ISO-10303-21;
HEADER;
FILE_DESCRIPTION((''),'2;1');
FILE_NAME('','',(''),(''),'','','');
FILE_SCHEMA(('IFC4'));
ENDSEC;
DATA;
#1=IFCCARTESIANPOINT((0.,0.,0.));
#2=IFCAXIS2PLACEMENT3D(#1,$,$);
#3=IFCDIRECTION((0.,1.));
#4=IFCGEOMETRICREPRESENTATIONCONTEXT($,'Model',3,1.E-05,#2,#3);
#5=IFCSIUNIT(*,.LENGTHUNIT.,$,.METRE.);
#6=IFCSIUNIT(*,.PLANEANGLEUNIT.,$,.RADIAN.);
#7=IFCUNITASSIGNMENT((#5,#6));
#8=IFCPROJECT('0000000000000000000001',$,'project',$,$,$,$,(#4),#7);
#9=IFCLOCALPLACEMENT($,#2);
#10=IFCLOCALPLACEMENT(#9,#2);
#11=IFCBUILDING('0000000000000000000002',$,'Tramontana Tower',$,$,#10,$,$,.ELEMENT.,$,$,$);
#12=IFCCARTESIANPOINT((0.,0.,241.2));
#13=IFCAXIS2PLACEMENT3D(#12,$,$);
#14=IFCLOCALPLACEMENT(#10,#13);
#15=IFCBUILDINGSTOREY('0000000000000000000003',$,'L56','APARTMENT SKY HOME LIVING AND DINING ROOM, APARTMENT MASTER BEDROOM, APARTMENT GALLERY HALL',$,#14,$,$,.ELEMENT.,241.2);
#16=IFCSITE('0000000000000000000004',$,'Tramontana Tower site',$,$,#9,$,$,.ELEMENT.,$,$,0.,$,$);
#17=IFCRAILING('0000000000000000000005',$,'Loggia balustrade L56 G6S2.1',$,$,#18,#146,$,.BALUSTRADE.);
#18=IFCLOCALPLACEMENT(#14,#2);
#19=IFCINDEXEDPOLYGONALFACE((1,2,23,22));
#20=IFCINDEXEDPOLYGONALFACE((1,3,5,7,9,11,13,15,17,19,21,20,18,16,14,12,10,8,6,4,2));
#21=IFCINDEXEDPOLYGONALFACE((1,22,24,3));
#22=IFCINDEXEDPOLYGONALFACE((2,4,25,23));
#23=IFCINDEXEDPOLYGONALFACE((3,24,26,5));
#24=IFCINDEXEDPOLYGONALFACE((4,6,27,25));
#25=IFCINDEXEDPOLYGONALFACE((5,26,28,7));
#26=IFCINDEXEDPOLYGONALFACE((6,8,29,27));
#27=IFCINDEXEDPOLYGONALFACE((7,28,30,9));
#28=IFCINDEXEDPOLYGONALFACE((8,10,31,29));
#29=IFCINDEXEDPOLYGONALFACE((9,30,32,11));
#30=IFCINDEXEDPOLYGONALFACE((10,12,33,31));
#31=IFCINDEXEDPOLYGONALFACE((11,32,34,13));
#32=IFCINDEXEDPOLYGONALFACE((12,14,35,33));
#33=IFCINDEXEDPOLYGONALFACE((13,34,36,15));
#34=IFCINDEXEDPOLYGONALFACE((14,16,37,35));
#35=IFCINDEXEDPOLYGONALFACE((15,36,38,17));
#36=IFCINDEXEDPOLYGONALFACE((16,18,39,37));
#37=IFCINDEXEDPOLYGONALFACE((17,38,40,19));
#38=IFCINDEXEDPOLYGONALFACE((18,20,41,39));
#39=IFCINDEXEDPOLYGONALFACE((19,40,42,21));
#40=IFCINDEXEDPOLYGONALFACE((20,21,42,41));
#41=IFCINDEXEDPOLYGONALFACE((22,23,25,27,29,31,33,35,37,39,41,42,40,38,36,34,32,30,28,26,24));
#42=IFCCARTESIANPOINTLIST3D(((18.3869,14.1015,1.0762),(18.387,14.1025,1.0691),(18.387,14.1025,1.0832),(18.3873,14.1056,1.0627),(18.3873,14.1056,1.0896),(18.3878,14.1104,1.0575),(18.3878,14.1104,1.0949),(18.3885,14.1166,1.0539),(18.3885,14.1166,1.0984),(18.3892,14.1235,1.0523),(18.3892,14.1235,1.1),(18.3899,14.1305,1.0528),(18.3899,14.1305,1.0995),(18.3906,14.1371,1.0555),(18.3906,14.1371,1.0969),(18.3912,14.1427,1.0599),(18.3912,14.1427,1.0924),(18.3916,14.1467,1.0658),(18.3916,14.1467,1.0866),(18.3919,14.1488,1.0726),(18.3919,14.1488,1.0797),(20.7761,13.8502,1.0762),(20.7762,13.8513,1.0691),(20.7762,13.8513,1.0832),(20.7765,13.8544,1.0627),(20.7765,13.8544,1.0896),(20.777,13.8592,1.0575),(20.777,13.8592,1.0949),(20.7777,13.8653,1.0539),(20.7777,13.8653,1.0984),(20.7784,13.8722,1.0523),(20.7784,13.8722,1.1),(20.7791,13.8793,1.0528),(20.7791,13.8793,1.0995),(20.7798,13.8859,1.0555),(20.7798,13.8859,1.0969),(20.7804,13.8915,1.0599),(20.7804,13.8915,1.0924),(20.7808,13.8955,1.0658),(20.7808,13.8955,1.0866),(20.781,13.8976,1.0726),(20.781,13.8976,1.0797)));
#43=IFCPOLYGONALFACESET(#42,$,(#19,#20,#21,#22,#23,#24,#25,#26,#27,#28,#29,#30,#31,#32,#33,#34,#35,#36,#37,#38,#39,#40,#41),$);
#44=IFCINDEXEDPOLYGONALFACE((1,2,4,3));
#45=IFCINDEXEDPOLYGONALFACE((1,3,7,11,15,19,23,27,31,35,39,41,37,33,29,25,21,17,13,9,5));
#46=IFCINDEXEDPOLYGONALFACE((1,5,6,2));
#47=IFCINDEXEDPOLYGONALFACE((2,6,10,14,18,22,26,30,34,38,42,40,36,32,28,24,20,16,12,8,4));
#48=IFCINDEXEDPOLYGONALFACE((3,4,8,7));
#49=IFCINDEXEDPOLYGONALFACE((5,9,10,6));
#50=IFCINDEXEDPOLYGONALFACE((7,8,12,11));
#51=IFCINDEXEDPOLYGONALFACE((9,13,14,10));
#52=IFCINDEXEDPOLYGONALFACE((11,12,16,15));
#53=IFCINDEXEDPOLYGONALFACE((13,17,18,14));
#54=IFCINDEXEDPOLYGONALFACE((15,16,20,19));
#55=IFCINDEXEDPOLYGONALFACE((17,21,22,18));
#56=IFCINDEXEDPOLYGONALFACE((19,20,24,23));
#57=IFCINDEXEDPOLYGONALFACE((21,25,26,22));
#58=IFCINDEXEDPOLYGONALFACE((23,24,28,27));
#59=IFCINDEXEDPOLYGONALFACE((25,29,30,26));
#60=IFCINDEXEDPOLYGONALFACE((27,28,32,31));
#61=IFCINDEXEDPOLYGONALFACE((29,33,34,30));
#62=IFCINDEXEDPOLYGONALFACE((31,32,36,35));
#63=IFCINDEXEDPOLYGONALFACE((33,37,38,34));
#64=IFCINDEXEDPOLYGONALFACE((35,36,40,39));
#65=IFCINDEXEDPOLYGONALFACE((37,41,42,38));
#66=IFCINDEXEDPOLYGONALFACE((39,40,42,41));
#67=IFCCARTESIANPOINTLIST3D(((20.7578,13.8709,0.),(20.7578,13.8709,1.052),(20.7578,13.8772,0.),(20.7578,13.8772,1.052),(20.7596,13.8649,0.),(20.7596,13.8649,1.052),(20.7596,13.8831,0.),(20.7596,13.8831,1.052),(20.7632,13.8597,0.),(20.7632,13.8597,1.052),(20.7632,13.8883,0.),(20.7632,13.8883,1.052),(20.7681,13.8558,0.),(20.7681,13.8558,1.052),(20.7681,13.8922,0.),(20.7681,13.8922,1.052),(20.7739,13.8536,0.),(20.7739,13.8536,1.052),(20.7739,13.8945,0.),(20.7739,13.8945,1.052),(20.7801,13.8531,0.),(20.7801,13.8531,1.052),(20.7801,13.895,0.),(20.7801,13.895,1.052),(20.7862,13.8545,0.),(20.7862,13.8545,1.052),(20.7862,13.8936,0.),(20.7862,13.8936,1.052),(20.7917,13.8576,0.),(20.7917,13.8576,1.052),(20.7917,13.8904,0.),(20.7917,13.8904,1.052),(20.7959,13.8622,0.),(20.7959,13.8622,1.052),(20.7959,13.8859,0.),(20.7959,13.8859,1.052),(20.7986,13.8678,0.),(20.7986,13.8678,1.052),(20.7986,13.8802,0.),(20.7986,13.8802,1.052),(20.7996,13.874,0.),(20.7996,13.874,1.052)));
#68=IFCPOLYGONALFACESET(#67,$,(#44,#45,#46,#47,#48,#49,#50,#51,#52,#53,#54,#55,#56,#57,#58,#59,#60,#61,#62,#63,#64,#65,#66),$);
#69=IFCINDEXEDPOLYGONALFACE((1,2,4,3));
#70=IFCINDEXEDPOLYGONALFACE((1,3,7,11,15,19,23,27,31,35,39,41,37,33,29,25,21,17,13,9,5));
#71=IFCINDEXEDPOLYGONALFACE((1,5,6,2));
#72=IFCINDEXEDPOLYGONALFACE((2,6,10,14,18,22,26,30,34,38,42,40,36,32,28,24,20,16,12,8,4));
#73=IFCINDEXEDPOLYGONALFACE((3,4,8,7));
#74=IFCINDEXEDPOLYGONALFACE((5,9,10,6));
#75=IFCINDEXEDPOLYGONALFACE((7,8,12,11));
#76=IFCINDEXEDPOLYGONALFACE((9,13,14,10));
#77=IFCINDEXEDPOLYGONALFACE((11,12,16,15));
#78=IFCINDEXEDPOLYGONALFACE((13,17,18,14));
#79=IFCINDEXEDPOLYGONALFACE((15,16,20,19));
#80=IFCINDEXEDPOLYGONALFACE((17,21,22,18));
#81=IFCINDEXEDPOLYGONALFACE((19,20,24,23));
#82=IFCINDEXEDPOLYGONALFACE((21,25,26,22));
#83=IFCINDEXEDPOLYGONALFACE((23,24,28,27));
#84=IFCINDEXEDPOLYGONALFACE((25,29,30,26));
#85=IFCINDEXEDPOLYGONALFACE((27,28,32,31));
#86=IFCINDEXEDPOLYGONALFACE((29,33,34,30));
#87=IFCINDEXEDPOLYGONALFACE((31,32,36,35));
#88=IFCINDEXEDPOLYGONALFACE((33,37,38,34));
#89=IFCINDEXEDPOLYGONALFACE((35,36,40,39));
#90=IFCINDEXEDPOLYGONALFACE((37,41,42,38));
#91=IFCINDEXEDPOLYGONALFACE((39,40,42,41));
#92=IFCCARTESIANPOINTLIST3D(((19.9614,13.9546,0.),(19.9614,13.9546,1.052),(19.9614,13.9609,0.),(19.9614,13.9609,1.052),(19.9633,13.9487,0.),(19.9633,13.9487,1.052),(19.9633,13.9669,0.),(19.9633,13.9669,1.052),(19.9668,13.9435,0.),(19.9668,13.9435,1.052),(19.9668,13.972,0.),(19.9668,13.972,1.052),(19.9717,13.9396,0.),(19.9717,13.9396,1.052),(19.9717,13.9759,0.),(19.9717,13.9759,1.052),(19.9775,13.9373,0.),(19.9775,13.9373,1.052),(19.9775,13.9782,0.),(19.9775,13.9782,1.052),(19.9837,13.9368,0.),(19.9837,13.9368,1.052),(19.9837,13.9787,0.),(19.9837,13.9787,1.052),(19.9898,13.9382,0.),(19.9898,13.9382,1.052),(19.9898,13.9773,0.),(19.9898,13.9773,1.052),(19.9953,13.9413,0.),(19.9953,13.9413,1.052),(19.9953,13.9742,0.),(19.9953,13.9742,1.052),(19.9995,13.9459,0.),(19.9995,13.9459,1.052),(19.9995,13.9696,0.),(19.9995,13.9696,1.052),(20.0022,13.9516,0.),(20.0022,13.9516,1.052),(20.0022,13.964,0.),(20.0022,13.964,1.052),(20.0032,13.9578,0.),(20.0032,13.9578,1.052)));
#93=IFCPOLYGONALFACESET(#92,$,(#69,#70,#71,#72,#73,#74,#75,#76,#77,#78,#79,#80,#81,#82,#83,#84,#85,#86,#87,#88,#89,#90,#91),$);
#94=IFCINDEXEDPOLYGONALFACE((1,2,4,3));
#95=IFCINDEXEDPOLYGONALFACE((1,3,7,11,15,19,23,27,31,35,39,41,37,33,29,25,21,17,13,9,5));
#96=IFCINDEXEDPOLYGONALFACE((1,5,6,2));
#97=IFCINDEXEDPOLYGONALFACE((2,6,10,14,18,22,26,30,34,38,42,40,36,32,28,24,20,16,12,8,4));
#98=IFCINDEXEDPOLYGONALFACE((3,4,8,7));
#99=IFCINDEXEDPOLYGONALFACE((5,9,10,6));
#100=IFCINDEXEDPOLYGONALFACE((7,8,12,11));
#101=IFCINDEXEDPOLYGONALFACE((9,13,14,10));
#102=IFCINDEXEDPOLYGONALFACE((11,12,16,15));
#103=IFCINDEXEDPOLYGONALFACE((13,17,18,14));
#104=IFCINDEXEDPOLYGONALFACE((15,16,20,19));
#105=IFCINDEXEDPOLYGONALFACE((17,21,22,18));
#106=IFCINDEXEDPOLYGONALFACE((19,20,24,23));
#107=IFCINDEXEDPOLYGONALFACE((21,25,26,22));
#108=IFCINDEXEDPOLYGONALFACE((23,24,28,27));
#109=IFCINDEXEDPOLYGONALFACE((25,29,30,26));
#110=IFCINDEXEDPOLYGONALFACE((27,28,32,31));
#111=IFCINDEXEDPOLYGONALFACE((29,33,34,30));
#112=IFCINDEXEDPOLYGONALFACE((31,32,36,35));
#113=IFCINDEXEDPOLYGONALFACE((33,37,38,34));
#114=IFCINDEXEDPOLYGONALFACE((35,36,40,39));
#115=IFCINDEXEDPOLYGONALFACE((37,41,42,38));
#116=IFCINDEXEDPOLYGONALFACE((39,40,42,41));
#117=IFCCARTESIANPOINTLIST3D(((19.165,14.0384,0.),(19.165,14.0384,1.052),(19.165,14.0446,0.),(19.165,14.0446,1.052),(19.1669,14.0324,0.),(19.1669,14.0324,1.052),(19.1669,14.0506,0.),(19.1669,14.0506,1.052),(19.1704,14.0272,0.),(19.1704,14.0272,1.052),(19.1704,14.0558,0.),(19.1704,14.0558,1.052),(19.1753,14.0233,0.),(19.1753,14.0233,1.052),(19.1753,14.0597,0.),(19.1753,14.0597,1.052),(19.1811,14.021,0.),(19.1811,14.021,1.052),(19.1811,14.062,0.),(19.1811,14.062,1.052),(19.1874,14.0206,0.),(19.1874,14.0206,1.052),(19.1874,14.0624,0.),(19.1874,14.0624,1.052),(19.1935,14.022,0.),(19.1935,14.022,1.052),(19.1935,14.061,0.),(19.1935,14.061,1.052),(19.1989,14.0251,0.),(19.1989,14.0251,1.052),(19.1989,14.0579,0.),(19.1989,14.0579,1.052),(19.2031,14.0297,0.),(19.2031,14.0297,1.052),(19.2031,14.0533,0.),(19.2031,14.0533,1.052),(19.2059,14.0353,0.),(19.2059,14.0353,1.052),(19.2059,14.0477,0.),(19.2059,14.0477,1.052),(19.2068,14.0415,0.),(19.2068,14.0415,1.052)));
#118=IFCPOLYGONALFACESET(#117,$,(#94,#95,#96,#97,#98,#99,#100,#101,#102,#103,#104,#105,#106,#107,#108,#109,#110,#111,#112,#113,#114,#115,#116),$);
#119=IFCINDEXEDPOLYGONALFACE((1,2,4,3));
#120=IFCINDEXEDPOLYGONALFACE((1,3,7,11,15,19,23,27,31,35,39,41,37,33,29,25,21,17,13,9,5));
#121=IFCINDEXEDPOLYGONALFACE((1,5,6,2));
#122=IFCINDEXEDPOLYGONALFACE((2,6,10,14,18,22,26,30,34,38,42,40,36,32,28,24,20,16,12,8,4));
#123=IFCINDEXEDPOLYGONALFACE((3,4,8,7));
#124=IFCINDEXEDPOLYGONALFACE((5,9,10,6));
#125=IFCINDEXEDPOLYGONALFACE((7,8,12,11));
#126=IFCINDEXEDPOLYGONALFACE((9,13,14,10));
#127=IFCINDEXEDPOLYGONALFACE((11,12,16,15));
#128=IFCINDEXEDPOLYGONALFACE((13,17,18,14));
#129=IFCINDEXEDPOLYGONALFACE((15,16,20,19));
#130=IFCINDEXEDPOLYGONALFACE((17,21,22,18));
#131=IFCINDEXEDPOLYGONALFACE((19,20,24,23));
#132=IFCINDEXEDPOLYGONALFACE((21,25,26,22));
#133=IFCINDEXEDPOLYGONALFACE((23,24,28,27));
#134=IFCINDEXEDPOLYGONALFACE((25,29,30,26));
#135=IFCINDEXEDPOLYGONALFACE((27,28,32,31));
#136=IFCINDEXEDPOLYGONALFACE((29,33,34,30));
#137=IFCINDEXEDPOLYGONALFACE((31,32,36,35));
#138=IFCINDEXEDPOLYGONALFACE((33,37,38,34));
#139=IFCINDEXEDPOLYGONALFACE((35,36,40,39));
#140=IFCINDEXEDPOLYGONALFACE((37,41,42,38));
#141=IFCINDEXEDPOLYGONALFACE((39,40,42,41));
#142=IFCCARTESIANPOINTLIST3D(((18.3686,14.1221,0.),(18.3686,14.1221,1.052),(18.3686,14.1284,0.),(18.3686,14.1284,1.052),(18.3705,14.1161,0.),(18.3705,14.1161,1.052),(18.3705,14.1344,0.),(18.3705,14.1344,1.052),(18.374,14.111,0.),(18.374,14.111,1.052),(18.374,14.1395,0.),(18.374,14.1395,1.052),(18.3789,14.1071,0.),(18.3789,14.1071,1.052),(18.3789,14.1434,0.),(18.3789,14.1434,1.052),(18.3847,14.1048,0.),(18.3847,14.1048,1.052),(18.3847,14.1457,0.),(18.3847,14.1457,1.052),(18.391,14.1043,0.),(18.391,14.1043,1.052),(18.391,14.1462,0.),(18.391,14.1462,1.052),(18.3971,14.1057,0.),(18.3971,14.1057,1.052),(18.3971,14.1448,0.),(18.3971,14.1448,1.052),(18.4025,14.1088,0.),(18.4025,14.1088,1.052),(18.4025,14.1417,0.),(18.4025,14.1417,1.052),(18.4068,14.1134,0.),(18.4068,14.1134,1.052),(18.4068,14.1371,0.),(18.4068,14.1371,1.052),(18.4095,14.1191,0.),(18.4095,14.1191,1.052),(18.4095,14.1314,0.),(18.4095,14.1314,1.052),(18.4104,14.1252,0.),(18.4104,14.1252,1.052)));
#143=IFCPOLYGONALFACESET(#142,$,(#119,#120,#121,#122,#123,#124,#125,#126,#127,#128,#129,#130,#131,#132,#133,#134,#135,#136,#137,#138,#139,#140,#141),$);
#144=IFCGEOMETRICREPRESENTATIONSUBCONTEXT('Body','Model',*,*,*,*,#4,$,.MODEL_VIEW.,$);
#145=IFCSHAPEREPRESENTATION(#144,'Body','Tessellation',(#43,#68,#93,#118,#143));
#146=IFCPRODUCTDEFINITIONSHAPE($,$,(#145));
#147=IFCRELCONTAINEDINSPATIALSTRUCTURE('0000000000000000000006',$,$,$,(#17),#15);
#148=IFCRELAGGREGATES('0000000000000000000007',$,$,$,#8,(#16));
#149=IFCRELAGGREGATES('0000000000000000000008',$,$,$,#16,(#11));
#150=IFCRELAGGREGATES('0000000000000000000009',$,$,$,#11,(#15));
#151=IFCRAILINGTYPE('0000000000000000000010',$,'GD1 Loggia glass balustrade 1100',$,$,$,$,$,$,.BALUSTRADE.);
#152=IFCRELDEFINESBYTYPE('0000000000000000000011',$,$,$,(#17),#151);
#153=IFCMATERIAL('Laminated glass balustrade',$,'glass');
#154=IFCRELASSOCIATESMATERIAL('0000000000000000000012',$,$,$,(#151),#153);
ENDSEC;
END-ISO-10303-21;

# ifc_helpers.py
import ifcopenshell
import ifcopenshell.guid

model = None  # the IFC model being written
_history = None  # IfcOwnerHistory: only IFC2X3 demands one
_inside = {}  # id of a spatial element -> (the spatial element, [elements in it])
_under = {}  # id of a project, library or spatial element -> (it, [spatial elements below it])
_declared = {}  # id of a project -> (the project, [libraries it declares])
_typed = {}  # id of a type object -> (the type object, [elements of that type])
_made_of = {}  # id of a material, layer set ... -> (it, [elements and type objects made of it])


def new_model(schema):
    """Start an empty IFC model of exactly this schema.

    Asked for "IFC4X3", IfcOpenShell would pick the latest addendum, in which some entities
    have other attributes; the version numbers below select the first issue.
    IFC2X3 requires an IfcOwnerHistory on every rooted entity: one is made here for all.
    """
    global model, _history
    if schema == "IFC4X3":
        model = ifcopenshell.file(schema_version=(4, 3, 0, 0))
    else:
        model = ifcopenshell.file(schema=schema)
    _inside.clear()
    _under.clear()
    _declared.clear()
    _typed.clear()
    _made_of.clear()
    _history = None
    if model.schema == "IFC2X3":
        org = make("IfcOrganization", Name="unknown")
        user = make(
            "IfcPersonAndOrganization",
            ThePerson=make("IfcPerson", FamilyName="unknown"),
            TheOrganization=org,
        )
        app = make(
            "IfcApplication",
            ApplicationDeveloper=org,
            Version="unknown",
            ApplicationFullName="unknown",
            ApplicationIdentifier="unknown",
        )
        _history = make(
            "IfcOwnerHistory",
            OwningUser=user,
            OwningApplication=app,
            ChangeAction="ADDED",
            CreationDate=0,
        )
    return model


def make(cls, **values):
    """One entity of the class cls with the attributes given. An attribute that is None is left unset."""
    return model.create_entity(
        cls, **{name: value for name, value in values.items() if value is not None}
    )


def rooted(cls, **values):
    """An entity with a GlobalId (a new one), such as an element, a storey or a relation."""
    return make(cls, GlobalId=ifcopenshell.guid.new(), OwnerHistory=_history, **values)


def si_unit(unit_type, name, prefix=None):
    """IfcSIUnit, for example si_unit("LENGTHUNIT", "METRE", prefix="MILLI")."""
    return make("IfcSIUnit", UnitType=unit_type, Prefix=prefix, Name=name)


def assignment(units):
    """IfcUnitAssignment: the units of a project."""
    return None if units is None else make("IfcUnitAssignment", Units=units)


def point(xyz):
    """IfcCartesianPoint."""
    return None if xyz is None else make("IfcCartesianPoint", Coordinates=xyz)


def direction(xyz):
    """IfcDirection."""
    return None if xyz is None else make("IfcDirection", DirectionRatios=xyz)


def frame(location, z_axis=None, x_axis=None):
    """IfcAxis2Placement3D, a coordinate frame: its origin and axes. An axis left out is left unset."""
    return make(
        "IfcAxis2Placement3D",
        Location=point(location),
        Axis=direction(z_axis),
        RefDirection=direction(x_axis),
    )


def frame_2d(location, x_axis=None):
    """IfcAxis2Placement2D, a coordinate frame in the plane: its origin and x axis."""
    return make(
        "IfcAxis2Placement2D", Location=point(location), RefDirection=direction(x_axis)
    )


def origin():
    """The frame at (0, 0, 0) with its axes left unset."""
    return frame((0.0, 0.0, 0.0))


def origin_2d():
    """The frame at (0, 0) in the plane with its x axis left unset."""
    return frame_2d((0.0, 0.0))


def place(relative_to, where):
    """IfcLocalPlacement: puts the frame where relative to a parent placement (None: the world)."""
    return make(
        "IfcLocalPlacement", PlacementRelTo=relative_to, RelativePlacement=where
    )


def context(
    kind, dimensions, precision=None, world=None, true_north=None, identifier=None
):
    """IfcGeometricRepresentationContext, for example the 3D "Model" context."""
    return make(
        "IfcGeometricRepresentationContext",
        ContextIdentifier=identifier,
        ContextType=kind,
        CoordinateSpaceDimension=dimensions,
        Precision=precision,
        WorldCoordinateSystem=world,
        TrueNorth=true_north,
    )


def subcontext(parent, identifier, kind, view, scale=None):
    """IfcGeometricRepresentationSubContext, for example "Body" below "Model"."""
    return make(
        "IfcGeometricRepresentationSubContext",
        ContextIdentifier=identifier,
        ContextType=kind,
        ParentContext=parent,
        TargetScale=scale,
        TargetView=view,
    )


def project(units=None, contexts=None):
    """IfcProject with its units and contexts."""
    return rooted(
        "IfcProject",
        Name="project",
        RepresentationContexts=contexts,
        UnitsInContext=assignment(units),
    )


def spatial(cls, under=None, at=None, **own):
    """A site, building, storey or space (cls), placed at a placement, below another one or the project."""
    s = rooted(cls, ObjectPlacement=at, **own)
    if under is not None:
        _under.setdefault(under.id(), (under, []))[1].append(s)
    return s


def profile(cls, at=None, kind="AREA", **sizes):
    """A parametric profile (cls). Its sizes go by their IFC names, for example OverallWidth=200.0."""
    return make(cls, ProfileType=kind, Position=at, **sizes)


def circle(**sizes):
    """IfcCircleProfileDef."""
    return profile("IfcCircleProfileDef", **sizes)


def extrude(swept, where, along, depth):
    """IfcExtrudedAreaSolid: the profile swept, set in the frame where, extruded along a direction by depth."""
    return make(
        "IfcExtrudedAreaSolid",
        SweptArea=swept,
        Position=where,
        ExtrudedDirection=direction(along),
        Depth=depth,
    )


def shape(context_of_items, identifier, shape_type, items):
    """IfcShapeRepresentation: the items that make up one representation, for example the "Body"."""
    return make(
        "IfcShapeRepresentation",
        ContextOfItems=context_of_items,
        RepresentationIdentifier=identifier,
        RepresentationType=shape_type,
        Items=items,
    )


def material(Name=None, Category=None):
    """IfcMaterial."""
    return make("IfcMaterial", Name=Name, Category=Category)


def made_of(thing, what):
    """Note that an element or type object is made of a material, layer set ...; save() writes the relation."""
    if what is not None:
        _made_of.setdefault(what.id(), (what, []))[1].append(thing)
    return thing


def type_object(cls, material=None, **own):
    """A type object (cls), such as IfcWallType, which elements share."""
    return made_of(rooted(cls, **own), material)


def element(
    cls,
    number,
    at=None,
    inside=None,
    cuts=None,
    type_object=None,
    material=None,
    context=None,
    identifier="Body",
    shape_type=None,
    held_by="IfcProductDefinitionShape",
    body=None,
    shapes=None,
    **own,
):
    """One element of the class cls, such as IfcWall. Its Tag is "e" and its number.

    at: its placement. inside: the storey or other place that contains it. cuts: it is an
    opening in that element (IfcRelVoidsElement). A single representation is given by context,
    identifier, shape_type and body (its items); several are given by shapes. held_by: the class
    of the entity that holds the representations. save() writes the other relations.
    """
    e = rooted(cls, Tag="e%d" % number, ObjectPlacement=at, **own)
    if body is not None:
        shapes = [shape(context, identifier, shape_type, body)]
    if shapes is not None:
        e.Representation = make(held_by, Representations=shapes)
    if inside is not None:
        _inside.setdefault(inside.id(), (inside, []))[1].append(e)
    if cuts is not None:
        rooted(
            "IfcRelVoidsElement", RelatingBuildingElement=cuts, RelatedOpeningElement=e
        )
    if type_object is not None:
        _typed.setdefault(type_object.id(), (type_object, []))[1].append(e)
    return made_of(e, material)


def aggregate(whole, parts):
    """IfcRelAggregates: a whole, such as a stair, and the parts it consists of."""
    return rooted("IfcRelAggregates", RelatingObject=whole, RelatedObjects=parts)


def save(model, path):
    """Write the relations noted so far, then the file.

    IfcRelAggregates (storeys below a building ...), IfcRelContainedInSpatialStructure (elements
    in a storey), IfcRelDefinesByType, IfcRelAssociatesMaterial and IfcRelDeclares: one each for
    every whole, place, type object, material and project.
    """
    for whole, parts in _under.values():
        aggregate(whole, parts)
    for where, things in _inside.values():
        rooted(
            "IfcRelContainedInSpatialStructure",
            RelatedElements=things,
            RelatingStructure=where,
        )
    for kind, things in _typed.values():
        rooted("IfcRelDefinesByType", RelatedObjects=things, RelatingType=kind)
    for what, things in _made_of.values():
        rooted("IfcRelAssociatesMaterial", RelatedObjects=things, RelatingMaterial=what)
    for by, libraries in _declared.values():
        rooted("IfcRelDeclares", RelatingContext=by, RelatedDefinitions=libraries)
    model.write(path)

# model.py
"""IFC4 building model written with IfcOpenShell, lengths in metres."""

from ifc_helpers import new_model, si_unit, direction, frame, origin, origin_2d, place, context, subcontext, project, spatial, circle, extrude, material, type_object, element, save


model = new_model("IFC4")

# Units and contexts
model_context = context("Model", 3, precision=1e-05, world=origin(), true_north=direction((0.0, 1.0)))
body_context = subcontext(model_context, "Body", "Model", "MODEL_VIEW")
ifc_project = project(units=[si_unit("LENGTHUNIT", "METRE"), si_unit("PLANEANGLEUNIT", "RADIAN")], contexts=[model_context])

# Site, building, storey
site_placement = place(None, origin())
site = spatial("IfcSite", under=ifc_project, at=site_placement, Name="Tramontana Tower site", CompositionType="ELEMENT", RefElevation=0.0)
building_placement = place(site_placement, origin())
building = spatial("IfcBuilding", under=site, at=building_placement, Name="Tramontana Tower", CompositionType="ELEMENT")
storey_placement = place(building_placement, frame((0.0, 0.0, 241.2)))
storey = spatial("IfcBuildingStorey", under=building, at=storey_placement, Name="L56", Description="APARTMENT SKY HOME LIVING AND DINING ROOM, APARTMENT MASTER BEDROOM, APARTMENT GALLERY HALL", CompositionType="ELEMENT", Elevation=241.2)

# Railing
ifc_material_1 = material(Name="Laminated glass balustrade", Category="glass")
railing_type = type_object("IfcRailingType", Name="GD1 Loggia glass balustrade 1100", PredefinedType="BALUSTRADE", material=ifc_material_1)
railing_1_placement = place(storey_placement, frame((20.7786, 13.874, 0.0)))
element("IfcRailing", 1, at=railing_1_placement, inside=storey, type_object=railing_type, Name="Loggia balustrade L56 G6S2.1", PredefinedType="BALUSTRADE", context=body_context, shape_type="SweptSolid", body=[
    extrude(circle(Radius=0.0239, at=origin_2d()), frame((0.0, 0.0, 1.0762), z_axis=(-0.994517, 0.104574, 0.0), x_axis=(-0.104574, -0.994517, 0.0)), (0.0, 0.0, 1.0), 2.4023),
    extrude(circle(Radius=0.021, at=origin_2d()), origin(), (0.0, 0.0, 1.0), 1.052),
    extrude(circle(Radius=0.021, at=origin_2d()), frame((-0.7964, 0.0837, 0.0)), (0.0, 0.0, 1.0), 1.052),
    extrude(circle(Radius=0.021, at=origin_2d()), frame((-1.5928, 0.1675, 0.0)), (0.0, 0.0, 1.0), 1.052),
    extrude(circle(Radius=0.021, at=origin_2d()), frame((-2.3892, 0.2512, 0.0)), (0.0, 0.0, 1.0), 1.052),
])

save(model, "model.ifc")
